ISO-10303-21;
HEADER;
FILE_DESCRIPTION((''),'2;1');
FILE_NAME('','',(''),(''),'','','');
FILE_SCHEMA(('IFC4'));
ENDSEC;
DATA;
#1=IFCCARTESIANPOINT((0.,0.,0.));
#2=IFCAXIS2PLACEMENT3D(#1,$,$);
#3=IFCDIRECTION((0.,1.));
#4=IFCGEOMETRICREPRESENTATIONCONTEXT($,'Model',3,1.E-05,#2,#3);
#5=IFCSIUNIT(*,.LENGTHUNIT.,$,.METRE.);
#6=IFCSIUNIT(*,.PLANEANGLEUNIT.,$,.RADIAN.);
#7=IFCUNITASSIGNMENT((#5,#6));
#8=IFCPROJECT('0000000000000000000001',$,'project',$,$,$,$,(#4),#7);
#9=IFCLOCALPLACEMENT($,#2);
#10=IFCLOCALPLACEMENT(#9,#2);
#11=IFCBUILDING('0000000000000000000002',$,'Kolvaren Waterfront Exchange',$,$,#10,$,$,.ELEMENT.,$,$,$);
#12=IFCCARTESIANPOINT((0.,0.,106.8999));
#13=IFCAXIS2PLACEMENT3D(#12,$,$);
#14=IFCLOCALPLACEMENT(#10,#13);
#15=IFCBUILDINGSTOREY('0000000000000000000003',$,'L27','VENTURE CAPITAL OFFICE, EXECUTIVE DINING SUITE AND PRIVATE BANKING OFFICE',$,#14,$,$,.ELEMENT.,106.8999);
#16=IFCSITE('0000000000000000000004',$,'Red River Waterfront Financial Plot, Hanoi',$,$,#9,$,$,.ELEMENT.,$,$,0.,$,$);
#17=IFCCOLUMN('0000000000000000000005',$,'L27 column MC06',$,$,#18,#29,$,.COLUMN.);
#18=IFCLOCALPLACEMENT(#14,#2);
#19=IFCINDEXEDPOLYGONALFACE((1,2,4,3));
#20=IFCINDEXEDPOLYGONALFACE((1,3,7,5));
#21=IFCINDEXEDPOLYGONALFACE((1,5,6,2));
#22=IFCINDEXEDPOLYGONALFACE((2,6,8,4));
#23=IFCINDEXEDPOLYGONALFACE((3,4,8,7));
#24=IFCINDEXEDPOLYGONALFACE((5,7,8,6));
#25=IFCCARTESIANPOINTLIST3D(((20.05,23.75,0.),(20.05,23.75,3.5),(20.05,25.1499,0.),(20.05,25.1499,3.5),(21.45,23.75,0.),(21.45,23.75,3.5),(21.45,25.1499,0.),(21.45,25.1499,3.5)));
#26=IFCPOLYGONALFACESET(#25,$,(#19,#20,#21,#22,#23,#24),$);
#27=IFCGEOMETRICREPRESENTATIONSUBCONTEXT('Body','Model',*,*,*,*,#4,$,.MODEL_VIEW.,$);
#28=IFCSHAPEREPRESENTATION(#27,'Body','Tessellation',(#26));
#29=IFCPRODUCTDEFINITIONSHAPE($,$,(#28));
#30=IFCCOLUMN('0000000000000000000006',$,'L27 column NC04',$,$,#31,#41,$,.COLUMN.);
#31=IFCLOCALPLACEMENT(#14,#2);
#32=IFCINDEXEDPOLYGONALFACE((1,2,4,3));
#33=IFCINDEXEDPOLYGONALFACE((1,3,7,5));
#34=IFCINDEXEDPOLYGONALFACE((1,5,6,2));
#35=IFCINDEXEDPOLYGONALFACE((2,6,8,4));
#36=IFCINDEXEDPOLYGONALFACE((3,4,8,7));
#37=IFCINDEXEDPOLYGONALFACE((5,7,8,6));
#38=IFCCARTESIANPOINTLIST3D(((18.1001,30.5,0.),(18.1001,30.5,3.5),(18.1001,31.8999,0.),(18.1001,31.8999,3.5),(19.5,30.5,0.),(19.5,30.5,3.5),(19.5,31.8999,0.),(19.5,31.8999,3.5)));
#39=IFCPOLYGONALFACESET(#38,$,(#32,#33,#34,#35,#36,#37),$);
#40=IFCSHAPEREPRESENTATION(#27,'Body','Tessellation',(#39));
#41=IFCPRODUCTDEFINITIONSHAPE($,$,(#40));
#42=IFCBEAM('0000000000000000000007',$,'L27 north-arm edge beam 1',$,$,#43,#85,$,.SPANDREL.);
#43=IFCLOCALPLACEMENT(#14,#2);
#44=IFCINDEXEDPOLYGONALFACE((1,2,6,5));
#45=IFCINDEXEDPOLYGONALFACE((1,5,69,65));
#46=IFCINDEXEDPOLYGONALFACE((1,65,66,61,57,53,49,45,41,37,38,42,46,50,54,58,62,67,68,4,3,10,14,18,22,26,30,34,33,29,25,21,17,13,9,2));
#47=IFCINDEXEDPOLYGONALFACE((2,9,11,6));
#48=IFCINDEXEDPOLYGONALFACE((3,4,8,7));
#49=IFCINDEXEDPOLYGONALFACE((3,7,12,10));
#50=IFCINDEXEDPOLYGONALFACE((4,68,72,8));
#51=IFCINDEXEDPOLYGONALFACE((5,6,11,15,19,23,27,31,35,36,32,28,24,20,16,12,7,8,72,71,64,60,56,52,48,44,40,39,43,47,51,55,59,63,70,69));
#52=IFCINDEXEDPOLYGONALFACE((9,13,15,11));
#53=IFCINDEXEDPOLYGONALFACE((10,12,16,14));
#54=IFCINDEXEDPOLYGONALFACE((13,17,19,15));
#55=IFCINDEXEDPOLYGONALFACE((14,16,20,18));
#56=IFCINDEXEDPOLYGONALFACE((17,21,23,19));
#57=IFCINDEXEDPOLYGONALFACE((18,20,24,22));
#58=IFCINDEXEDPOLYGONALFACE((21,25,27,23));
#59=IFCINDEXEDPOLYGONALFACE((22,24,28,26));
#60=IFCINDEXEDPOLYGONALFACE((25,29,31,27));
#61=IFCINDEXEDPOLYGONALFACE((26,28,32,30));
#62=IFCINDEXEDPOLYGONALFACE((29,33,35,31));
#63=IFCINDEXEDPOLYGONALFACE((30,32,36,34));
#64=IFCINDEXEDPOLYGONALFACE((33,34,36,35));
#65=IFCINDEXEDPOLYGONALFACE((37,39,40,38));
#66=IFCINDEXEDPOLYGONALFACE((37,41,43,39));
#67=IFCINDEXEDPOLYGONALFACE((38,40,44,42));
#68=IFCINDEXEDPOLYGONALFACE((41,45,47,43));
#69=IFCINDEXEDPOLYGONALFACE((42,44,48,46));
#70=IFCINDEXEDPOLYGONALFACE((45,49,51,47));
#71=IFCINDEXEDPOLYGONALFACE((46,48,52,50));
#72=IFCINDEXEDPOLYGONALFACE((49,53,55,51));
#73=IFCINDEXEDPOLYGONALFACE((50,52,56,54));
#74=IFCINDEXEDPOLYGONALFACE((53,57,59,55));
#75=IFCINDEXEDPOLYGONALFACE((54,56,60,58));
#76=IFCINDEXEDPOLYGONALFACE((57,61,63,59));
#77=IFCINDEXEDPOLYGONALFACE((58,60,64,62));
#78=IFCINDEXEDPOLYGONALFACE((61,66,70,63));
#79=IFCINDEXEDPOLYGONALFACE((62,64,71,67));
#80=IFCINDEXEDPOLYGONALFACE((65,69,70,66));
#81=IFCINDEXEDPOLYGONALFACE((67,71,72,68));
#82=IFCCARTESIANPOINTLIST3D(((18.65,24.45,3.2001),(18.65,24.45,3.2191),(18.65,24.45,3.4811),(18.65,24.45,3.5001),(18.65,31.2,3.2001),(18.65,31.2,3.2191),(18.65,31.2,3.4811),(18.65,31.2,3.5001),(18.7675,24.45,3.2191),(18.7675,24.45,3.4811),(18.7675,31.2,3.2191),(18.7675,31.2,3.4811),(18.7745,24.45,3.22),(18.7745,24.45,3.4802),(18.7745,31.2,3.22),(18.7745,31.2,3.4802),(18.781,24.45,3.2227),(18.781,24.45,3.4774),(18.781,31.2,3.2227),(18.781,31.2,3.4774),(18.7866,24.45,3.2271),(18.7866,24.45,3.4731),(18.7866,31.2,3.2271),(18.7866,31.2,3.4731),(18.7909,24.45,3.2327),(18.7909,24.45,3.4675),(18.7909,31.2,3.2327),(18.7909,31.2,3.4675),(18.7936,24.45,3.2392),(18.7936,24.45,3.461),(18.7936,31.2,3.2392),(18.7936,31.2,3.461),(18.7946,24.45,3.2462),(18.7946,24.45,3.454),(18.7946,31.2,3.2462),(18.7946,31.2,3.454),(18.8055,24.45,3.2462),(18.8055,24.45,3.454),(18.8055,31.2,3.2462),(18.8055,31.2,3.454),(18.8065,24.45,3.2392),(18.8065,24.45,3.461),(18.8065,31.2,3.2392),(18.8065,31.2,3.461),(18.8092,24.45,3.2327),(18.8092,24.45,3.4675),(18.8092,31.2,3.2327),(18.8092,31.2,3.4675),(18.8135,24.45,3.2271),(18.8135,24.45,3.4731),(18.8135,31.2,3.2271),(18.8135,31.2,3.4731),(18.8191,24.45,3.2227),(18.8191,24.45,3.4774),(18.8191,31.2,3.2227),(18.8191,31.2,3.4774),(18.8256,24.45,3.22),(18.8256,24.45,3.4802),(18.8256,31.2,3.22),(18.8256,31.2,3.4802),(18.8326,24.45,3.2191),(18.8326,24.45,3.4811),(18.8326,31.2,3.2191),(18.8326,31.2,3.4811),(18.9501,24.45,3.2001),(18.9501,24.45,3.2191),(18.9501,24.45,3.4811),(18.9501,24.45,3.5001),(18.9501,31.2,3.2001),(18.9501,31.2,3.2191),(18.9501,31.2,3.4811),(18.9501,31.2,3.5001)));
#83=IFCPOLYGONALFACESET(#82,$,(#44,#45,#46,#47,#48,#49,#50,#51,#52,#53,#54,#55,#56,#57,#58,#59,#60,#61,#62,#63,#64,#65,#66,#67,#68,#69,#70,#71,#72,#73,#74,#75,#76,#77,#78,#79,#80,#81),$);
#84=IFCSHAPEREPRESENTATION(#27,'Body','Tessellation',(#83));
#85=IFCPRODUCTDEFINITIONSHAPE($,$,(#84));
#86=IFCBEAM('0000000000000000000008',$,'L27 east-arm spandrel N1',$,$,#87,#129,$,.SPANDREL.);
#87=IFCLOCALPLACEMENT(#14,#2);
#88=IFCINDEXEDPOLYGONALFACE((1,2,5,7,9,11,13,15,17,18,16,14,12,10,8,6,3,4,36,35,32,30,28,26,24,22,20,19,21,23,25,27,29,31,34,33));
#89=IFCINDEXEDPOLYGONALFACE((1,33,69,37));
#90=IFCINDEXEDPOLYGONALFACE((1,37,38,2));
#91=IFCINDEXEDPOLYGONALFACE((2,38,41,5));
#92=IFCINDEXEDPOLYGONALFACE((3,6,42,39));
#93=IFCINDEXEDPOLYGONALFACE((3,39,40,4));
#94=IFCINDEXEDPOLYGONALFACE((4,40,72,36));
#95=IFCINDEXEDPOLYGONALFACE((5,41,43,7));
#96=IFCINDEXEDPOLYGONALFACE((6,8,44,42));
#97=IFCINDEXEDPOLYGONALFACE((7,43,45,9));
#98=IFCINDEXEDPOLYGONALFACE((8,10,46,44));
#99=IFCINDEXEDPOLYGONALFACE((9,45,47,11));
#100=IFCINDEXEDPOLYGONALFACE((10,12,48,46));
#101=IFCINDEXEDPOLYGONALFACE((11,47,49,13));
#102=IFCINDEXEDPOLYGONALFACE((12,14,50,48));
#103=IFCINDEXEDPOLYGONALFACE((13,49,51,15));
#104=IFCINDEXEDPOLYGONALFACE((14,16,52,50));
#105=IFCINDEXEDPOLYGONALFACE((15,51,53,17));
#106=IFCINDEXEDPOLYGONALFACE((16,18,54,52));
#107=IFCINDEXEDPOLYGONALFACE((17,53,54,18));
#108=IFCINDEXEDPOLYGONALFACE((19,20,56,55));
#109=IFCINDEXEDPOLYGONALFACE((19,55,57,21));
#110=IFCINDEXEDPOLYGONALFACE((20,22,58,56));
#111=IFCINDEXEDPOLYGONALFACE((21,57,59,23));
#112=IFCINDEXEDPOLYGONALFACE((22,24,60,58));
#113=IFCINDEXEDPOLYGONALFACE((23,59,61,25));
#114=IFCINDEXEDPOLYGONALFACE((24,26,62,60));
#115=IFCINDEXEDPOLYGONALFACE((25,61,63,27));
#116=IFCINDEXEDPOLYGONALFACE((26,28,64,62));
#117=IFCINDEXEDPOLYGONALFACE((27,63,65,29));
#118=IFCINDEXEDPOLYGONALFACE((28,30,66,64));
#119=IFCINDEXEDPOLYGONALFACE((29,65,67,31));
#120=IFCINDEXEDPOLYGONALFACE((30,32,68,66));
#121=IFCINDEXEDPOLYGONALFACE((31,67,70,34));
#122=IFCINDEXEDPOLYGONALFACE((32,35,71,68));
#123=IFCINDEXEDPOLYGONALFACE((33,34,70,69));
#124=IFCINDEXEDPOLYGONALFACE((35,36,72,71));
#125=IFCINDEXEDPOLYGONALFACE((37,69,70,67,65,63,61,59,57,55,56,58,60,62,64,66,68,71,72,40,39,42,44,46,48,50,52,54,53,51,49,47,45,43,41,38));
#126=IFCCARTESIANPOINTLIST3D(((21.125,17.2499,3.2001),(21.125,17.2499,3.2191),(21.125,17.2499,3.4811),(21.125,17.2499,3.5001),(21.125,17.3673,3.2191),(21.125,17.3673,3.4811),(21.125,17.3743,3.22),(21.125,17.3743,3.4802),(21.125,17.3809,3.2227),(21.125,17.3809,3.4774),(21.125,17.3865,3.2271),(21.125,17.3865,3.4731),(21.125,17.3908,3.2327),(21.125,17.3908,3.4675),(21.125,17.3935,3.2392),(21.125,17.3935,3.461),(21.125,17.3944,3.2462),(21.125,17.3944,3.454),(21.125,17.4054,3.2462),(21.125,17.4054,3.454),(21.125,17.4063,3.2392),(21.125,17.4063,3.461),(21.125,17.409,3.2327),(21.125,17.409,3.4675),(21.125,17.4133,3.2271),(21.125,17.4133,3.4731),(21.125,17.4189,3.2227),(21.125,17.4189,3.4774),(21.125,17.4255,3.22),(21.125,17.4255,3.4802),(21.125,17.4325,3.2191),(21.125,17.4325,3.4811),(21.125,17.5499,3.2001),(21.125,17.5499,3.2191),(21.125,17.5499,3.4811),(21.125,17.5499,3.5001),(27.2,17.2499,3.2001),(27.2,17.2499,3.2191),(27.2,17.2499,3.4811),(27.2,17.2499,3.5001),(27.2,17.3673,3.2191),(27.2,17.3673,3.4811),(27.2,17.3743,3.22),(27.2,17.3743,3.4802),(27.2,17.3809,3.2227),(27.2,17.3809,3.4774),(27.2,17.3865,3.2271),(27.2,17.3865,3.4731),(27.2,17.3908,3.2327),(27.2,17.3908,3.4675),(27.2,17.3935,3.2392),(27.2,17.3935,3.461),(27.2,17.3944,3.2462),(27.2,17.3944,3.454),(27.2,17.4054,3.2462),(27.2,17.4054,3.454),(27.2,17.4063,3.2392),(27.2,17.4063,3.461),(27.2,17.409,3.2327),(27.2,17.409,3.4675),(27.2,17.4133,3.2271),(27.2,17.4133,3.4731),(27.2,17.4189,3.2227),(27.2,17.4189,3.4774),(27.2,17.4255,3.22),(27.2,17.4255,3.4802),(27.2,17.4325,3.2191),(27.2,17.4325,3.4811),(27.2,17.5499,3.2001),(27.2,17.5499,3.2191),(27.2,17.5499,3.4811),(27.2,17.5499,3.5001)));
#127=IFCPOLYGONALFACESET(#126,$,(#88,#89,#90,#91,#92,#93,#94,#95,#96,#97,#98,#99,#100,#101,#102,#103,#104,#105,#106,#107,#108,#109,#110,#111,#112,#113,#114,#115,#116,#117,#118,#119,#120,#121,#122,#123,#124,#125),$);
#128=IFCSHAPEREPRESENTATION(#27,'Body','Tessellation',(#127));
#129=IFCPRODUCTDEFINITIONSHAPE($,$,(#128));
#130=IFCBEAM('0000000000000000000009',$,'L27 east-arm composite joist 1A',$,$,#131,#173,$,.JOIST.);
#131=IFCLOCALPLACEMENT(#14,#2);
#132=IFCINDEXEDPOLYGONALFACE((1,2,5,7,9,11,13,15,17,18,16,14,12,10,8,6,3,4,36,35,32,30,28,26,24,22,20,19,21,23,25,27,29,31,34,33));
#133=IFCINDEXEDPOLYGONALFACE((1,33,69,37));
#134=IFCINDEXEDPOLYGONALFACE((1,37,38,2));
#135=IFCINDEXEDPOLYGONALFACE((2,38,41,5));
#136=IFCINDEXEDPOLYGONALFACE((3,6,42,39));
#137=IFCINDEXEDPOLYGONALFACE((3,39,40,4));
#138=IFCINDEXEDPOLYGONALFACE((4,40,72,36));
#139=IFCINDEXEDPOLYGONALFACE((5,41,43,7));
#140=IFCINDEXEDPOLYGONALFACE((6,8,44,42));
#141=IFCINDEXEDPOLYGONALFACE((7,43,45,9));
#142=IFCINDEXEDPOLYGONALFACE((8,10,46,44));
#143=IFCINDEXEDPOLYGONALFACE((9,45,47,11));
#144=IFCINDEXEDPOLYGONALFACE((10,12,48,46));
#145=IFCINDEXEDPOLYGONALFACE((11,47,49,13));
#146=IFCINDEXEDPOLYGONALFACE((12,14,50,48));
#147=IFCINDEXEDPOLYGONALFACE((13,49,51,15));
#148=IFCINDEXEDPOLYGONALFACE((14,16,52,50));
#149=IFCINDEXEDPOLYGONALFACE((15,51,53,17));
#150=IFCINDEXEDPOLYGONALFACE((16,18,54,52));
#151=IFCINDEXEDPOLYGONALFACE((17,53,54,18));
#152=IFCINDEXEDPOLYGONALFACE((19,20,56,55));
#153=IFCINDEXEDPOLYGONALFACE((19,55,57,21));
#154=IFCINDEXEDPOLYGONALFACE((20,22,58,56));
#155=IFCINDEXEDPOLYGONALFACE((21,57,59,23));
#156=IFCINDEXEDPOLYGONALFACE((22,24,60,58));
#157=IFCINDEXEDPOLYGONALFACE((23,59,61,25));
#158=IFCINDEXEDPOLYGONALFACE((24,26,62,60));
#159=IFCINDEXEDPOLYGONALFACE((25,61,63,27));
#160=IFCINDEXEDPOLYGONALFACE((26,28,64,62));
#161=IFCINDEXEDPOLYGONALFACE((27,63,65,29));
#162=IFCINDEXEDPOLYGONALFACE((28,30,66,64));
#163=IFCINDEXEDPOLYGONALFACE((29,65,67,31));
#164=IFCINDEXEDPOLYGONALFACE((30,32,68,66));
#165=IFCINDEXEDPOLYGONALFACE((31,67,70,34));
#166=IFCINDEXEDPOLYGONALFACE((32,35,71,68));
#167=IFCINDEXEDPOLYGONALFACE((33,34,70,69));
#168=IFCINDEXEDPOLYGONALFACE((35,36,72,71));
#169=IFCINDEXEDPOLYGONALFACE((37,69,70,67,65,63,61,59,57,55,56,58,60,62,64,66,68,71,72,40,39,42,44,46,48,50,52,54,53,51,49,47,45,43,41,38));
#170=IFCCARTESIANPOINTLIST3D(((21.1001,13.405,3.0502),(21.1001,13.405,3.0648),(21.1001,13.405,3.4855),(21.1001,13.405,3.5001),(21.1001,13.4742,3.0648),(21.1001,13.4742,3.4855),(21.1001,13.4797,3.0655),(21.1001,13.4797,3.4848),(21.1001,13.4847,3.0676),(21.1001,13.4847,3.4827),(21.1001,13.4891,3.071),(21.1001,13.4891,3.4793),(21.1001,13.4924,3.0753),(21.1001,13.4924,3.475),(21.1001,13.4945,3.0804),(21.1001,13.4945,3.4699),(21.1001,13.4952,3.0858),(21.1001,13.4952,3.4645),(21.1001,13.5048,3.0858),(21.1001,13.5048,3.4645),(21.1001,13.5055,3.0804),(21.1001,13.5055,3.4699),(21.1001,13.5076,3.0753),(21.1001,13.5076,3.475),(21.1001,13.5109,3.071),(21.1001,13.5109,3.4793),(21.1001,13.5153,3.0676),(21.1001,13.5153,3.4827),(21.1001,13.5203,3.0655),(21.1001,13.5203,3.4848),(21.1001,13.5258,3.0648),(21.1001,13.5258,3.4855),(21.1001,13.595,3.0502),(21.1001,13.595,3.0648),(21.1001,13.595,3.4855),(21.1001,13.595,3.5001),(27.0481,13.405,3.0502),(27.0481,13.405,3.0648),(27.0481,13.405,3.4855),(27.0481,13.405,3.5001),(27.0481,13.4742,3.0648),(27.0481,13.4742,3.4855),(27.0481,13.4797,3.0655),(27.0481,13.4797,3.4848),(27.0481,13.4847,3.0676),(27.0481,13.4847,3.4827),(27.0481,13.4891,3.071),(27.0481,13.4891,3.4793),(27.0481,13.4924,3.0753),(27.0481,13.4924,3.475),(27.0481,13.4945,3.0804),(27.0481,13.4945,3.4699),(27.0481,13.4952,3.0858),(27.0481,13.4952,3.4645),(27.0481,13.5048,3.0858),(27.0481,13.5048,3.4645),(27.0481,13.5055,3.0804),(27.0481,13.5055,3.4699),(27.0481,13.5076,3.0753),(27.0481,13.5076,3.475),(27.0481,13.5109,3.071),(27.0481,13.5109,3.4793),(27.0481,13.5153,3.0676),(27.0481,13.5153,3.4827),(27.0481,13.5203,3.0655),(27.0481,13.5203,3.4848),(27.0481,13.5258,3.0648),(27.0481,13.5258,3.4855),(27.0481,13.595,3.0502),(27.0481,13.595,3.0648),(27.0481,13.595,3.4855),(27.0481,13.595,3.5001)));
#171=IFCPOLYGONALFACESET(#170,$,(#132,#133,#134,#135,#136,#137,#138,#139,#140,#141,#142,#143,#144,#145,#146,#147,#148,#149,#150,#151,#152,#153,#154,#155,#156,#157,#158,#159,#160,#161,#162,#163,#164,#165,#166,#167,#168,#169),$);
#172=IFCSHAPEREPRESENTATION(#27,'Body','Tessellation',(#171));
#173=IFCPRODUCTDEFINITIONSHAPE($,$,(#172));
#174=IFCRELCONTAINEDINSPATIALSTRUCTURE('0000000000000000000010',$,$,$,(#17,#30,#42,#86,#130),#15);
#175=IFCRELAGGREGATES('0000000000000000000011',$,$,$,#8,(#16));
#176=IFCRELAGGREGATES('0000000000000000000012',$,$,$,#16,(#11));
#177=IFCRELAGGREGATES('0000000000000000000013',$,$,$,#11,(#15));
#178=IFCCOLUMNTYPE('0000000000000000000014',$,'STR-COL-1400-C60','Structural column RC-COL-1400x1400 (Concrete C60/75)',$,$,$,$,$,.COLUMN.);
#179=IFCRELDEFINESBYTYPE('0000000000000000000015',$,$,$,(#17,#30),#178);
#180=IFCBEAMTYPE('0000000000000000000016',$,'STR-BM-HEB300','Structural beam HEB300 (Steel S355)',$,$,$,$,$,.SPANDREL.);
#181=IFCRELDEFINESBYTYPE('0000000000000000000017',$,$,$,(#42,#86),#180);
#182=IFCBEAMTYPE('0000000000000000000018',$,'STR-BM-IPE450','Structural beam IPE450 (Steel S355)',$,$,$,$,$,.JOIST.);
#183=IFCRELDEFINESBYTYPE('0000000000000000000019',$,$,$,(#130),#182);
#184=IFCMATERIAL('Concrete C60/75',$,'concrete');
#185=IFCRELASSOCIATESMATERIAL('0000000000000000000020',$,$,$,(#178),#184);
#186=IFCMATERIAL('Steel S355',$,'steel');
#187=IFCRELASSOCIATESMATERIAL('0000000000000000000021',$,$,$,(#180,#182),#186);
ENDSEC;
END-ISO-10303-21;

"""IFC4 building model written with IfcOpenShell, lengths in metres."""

from ifc_helpers import new_model, si_unit, direction, frame, origin, origin_2d, place, context, subcontext, project, spatial, rectangle, i_section, extrude, material, material_profile, profile_set, type_object, element, save


model = new_model("IFC4")

# Units and contexts
model_context = context("Model", 3, precision=1e-05, world=origin(), true_north=direction((0.0, 1.0)))
body_context = subcontext(model_context, "Body", "Model", "MODEL_VIEW")
ifc_project = project(units=[si_unit("LENGTHUNIT", "METRE"), si_unit("PLANEANGLEUNIT", "RADIAN")], contexts=[model_context])

# Site, building, storey
site_placement = place(None, origin())
site = spatial("IfcSite", under=ifc_project, at=site_placement, Name="Red River Waterfront Financial Plot, Hanoi", CompositionType="ELEMENT", RefElevation=0.0)
building_placement = place(site_placement, origin())
building = spatial("IfcBuilding", under=site, at=building_placement, Name="Kolvaren Waterfront Exchange", CompositionType="ELEMENT")
storey_placement = place(building_placement, frame((0.0, 0.0, 106.8999)))
storey = spatial("IfcBuildingStorey", under=building, at=storey_placement, Name="L27", Description="VENTURE CAPITAL OFFICE, EXECUTIVE DINING SUITE AND PRIVATE BANKING OFFICE", CompositionType="ELEMENT", Elevation=106.8999)

# Columns
ifc_material_1 = material(Name="Concrete C60/75", Category="concrete")
ifc_material_profile_1 = material_profile(ifc_material_1, rectangle(XDim=1.3999, YDim=1.3999, at=origin_2d()), Name="RC-COL-1400x1400")
ifc_profile_set_1 = profile_set([ifc_material_profile_1], Name="Concrete C60/75")
column_type = type_object("IfcColumnType", Name="STR-COL-1400-C60", Description="Structural column RC-COL-1400x1400 (Concrete C60/75)", PredefinedType="COLUMN", material=ifc_profile_set_1)
for number, where, z_axis, x_axis, name in (
    (1, (20.75, 24.45, 0.0), (0.0, 0.0, 1.0), (1.0, 0.0, 0.0), "L27 column MC06"),
    (2, (18.8, 31.2, 0.0), (0.0, 0.0, 1.0), (1.0, 0.0, 0.0), "L27 column NC04"),
):
    element("IfcColumn", number, at=place(storey_placement, frame(where, z_axis=z_axis, x_axis=x_axis)), inside=storey, type_object=column_type, Name=name, PredefinedType="COLUMN", context=body_context, shape_type="SweptSolid", body=[
        extrude(rectangle(XDim=1.3999, YDim=1.3999, at=origin_2d()), origin(), (0.0, 0.0, 1.0), 3.5),
    ])

# Beams
ifc_material_2 = material(Name="Steel S355", Category="steel")
ifc_material_profile_2 = material_profile(ifc_material_2, i_section(OverallWidth=0.3, OverallDepth=0.3, WebThickness=0.011, FlangeThickness=0.019, FilletRadius=0.0271, at=origin_2d()), Name="HEB300")
ifc_profile_set_2 = profile_set([ifc_material_profile_2], Name="Steel S355")
beam_type_1 = type_object("IfcBeamType", Name="STR-BM-HEB300", Description="Structural beam HEB300 (Steel S355)", PredefinedType="SPANDREL", material=ifc_profile_set_2)
beam_1_placement = place(storey_placement, frame((18.8, 24.45, 3.3501), z_axis=(0.0, 1.0, 0.0), x_axis=(-1.0, 0.0, 0.0)))
element("IfcBeam", 3, at=beam_1_placement, inside=storey, type_object=beam_type_1, Name="L27 north-arm edge beam 1", PredefinedType="SPANDREL", context=body_context, shape_type="SweptSolid", body=[
    extrude(i_section(OverallWidth=0.3, OverallDepth=0.3, WebThickness=0.011, FlangeThickness=0.019, FilletRadius=0.0271, at=origin_2d()), origin(), (0.0, 0.0, 1.0), 6.75),
])
beam_2_placement = place(storey_placement, frame((21.125, 17.3999, 3.3501), z_axis=(1.0, 0.0, 0.0), x_axis=(0.0, 1.0, 0.0)))
element("IfcBeam", 4, at=beam_2_placement, inside=storey, type_object=beam_type_1, Name="L27 east-arm spandrel N1", PredefinedType="SPANDREL", context=body_context, shape_type="SweptSolid", body=[
    extrude(i_section(OverallWidth=0.3, OverallDepth=0.3, WebThickness=0.011, FlangeThickness=0.019, FilletRadius=0.0271, at=origin_2d()), origin(), (0.0, 0.0, 1.0), 6.075),
])
ifc_material_profile_3 = material_profile(ifc_material_2, i_section(OverallWidth=0.1899, OverallDepth=0.45, WebThickness=0.0095, FlangeThickness=0.0146, FilletRadius=0.021, at=origin_2d()), Name="IPE450")
ifc_profile_set_3 = profile_set([ifc_material_profile_3], Name="Steel S355")
beam_type_2 = type_object("IfcBeamType", Name="STR-BM-IPE450", Description="Structural beam IPE450 (Steel S355)", PredefinedType="JOIST", material=ifc_profile_set_3)
for number, where, z_axis, x_axis, name in (
    (5, (21.1001, 13.5, 3.2751), (1.0, 0.0, 0.0), (0.0, 1.0, 0.0), "L27 east-arm composite joist 1A"),
):
    element("IfcBeam", number, at=place(storey_placement, frame(where, z_axis=z_axis, x_axis=x_axis)), inside=storey, type_object=beam_type_2, Name=name, PredefinedType="JOIST", context=body_context, shape_type="SweptSolid", body=[
        extrude(i_section(OverallWidth=0.1899, OverallDepth=0.45, WebThickness=0.0095, FlangeThickness=0.0146, FilletRadius=0.021, at=origin_2d()), origin(), (0.0, 0.0, 1.0), 5.948),
    ])

save(model, "model.ifc")
